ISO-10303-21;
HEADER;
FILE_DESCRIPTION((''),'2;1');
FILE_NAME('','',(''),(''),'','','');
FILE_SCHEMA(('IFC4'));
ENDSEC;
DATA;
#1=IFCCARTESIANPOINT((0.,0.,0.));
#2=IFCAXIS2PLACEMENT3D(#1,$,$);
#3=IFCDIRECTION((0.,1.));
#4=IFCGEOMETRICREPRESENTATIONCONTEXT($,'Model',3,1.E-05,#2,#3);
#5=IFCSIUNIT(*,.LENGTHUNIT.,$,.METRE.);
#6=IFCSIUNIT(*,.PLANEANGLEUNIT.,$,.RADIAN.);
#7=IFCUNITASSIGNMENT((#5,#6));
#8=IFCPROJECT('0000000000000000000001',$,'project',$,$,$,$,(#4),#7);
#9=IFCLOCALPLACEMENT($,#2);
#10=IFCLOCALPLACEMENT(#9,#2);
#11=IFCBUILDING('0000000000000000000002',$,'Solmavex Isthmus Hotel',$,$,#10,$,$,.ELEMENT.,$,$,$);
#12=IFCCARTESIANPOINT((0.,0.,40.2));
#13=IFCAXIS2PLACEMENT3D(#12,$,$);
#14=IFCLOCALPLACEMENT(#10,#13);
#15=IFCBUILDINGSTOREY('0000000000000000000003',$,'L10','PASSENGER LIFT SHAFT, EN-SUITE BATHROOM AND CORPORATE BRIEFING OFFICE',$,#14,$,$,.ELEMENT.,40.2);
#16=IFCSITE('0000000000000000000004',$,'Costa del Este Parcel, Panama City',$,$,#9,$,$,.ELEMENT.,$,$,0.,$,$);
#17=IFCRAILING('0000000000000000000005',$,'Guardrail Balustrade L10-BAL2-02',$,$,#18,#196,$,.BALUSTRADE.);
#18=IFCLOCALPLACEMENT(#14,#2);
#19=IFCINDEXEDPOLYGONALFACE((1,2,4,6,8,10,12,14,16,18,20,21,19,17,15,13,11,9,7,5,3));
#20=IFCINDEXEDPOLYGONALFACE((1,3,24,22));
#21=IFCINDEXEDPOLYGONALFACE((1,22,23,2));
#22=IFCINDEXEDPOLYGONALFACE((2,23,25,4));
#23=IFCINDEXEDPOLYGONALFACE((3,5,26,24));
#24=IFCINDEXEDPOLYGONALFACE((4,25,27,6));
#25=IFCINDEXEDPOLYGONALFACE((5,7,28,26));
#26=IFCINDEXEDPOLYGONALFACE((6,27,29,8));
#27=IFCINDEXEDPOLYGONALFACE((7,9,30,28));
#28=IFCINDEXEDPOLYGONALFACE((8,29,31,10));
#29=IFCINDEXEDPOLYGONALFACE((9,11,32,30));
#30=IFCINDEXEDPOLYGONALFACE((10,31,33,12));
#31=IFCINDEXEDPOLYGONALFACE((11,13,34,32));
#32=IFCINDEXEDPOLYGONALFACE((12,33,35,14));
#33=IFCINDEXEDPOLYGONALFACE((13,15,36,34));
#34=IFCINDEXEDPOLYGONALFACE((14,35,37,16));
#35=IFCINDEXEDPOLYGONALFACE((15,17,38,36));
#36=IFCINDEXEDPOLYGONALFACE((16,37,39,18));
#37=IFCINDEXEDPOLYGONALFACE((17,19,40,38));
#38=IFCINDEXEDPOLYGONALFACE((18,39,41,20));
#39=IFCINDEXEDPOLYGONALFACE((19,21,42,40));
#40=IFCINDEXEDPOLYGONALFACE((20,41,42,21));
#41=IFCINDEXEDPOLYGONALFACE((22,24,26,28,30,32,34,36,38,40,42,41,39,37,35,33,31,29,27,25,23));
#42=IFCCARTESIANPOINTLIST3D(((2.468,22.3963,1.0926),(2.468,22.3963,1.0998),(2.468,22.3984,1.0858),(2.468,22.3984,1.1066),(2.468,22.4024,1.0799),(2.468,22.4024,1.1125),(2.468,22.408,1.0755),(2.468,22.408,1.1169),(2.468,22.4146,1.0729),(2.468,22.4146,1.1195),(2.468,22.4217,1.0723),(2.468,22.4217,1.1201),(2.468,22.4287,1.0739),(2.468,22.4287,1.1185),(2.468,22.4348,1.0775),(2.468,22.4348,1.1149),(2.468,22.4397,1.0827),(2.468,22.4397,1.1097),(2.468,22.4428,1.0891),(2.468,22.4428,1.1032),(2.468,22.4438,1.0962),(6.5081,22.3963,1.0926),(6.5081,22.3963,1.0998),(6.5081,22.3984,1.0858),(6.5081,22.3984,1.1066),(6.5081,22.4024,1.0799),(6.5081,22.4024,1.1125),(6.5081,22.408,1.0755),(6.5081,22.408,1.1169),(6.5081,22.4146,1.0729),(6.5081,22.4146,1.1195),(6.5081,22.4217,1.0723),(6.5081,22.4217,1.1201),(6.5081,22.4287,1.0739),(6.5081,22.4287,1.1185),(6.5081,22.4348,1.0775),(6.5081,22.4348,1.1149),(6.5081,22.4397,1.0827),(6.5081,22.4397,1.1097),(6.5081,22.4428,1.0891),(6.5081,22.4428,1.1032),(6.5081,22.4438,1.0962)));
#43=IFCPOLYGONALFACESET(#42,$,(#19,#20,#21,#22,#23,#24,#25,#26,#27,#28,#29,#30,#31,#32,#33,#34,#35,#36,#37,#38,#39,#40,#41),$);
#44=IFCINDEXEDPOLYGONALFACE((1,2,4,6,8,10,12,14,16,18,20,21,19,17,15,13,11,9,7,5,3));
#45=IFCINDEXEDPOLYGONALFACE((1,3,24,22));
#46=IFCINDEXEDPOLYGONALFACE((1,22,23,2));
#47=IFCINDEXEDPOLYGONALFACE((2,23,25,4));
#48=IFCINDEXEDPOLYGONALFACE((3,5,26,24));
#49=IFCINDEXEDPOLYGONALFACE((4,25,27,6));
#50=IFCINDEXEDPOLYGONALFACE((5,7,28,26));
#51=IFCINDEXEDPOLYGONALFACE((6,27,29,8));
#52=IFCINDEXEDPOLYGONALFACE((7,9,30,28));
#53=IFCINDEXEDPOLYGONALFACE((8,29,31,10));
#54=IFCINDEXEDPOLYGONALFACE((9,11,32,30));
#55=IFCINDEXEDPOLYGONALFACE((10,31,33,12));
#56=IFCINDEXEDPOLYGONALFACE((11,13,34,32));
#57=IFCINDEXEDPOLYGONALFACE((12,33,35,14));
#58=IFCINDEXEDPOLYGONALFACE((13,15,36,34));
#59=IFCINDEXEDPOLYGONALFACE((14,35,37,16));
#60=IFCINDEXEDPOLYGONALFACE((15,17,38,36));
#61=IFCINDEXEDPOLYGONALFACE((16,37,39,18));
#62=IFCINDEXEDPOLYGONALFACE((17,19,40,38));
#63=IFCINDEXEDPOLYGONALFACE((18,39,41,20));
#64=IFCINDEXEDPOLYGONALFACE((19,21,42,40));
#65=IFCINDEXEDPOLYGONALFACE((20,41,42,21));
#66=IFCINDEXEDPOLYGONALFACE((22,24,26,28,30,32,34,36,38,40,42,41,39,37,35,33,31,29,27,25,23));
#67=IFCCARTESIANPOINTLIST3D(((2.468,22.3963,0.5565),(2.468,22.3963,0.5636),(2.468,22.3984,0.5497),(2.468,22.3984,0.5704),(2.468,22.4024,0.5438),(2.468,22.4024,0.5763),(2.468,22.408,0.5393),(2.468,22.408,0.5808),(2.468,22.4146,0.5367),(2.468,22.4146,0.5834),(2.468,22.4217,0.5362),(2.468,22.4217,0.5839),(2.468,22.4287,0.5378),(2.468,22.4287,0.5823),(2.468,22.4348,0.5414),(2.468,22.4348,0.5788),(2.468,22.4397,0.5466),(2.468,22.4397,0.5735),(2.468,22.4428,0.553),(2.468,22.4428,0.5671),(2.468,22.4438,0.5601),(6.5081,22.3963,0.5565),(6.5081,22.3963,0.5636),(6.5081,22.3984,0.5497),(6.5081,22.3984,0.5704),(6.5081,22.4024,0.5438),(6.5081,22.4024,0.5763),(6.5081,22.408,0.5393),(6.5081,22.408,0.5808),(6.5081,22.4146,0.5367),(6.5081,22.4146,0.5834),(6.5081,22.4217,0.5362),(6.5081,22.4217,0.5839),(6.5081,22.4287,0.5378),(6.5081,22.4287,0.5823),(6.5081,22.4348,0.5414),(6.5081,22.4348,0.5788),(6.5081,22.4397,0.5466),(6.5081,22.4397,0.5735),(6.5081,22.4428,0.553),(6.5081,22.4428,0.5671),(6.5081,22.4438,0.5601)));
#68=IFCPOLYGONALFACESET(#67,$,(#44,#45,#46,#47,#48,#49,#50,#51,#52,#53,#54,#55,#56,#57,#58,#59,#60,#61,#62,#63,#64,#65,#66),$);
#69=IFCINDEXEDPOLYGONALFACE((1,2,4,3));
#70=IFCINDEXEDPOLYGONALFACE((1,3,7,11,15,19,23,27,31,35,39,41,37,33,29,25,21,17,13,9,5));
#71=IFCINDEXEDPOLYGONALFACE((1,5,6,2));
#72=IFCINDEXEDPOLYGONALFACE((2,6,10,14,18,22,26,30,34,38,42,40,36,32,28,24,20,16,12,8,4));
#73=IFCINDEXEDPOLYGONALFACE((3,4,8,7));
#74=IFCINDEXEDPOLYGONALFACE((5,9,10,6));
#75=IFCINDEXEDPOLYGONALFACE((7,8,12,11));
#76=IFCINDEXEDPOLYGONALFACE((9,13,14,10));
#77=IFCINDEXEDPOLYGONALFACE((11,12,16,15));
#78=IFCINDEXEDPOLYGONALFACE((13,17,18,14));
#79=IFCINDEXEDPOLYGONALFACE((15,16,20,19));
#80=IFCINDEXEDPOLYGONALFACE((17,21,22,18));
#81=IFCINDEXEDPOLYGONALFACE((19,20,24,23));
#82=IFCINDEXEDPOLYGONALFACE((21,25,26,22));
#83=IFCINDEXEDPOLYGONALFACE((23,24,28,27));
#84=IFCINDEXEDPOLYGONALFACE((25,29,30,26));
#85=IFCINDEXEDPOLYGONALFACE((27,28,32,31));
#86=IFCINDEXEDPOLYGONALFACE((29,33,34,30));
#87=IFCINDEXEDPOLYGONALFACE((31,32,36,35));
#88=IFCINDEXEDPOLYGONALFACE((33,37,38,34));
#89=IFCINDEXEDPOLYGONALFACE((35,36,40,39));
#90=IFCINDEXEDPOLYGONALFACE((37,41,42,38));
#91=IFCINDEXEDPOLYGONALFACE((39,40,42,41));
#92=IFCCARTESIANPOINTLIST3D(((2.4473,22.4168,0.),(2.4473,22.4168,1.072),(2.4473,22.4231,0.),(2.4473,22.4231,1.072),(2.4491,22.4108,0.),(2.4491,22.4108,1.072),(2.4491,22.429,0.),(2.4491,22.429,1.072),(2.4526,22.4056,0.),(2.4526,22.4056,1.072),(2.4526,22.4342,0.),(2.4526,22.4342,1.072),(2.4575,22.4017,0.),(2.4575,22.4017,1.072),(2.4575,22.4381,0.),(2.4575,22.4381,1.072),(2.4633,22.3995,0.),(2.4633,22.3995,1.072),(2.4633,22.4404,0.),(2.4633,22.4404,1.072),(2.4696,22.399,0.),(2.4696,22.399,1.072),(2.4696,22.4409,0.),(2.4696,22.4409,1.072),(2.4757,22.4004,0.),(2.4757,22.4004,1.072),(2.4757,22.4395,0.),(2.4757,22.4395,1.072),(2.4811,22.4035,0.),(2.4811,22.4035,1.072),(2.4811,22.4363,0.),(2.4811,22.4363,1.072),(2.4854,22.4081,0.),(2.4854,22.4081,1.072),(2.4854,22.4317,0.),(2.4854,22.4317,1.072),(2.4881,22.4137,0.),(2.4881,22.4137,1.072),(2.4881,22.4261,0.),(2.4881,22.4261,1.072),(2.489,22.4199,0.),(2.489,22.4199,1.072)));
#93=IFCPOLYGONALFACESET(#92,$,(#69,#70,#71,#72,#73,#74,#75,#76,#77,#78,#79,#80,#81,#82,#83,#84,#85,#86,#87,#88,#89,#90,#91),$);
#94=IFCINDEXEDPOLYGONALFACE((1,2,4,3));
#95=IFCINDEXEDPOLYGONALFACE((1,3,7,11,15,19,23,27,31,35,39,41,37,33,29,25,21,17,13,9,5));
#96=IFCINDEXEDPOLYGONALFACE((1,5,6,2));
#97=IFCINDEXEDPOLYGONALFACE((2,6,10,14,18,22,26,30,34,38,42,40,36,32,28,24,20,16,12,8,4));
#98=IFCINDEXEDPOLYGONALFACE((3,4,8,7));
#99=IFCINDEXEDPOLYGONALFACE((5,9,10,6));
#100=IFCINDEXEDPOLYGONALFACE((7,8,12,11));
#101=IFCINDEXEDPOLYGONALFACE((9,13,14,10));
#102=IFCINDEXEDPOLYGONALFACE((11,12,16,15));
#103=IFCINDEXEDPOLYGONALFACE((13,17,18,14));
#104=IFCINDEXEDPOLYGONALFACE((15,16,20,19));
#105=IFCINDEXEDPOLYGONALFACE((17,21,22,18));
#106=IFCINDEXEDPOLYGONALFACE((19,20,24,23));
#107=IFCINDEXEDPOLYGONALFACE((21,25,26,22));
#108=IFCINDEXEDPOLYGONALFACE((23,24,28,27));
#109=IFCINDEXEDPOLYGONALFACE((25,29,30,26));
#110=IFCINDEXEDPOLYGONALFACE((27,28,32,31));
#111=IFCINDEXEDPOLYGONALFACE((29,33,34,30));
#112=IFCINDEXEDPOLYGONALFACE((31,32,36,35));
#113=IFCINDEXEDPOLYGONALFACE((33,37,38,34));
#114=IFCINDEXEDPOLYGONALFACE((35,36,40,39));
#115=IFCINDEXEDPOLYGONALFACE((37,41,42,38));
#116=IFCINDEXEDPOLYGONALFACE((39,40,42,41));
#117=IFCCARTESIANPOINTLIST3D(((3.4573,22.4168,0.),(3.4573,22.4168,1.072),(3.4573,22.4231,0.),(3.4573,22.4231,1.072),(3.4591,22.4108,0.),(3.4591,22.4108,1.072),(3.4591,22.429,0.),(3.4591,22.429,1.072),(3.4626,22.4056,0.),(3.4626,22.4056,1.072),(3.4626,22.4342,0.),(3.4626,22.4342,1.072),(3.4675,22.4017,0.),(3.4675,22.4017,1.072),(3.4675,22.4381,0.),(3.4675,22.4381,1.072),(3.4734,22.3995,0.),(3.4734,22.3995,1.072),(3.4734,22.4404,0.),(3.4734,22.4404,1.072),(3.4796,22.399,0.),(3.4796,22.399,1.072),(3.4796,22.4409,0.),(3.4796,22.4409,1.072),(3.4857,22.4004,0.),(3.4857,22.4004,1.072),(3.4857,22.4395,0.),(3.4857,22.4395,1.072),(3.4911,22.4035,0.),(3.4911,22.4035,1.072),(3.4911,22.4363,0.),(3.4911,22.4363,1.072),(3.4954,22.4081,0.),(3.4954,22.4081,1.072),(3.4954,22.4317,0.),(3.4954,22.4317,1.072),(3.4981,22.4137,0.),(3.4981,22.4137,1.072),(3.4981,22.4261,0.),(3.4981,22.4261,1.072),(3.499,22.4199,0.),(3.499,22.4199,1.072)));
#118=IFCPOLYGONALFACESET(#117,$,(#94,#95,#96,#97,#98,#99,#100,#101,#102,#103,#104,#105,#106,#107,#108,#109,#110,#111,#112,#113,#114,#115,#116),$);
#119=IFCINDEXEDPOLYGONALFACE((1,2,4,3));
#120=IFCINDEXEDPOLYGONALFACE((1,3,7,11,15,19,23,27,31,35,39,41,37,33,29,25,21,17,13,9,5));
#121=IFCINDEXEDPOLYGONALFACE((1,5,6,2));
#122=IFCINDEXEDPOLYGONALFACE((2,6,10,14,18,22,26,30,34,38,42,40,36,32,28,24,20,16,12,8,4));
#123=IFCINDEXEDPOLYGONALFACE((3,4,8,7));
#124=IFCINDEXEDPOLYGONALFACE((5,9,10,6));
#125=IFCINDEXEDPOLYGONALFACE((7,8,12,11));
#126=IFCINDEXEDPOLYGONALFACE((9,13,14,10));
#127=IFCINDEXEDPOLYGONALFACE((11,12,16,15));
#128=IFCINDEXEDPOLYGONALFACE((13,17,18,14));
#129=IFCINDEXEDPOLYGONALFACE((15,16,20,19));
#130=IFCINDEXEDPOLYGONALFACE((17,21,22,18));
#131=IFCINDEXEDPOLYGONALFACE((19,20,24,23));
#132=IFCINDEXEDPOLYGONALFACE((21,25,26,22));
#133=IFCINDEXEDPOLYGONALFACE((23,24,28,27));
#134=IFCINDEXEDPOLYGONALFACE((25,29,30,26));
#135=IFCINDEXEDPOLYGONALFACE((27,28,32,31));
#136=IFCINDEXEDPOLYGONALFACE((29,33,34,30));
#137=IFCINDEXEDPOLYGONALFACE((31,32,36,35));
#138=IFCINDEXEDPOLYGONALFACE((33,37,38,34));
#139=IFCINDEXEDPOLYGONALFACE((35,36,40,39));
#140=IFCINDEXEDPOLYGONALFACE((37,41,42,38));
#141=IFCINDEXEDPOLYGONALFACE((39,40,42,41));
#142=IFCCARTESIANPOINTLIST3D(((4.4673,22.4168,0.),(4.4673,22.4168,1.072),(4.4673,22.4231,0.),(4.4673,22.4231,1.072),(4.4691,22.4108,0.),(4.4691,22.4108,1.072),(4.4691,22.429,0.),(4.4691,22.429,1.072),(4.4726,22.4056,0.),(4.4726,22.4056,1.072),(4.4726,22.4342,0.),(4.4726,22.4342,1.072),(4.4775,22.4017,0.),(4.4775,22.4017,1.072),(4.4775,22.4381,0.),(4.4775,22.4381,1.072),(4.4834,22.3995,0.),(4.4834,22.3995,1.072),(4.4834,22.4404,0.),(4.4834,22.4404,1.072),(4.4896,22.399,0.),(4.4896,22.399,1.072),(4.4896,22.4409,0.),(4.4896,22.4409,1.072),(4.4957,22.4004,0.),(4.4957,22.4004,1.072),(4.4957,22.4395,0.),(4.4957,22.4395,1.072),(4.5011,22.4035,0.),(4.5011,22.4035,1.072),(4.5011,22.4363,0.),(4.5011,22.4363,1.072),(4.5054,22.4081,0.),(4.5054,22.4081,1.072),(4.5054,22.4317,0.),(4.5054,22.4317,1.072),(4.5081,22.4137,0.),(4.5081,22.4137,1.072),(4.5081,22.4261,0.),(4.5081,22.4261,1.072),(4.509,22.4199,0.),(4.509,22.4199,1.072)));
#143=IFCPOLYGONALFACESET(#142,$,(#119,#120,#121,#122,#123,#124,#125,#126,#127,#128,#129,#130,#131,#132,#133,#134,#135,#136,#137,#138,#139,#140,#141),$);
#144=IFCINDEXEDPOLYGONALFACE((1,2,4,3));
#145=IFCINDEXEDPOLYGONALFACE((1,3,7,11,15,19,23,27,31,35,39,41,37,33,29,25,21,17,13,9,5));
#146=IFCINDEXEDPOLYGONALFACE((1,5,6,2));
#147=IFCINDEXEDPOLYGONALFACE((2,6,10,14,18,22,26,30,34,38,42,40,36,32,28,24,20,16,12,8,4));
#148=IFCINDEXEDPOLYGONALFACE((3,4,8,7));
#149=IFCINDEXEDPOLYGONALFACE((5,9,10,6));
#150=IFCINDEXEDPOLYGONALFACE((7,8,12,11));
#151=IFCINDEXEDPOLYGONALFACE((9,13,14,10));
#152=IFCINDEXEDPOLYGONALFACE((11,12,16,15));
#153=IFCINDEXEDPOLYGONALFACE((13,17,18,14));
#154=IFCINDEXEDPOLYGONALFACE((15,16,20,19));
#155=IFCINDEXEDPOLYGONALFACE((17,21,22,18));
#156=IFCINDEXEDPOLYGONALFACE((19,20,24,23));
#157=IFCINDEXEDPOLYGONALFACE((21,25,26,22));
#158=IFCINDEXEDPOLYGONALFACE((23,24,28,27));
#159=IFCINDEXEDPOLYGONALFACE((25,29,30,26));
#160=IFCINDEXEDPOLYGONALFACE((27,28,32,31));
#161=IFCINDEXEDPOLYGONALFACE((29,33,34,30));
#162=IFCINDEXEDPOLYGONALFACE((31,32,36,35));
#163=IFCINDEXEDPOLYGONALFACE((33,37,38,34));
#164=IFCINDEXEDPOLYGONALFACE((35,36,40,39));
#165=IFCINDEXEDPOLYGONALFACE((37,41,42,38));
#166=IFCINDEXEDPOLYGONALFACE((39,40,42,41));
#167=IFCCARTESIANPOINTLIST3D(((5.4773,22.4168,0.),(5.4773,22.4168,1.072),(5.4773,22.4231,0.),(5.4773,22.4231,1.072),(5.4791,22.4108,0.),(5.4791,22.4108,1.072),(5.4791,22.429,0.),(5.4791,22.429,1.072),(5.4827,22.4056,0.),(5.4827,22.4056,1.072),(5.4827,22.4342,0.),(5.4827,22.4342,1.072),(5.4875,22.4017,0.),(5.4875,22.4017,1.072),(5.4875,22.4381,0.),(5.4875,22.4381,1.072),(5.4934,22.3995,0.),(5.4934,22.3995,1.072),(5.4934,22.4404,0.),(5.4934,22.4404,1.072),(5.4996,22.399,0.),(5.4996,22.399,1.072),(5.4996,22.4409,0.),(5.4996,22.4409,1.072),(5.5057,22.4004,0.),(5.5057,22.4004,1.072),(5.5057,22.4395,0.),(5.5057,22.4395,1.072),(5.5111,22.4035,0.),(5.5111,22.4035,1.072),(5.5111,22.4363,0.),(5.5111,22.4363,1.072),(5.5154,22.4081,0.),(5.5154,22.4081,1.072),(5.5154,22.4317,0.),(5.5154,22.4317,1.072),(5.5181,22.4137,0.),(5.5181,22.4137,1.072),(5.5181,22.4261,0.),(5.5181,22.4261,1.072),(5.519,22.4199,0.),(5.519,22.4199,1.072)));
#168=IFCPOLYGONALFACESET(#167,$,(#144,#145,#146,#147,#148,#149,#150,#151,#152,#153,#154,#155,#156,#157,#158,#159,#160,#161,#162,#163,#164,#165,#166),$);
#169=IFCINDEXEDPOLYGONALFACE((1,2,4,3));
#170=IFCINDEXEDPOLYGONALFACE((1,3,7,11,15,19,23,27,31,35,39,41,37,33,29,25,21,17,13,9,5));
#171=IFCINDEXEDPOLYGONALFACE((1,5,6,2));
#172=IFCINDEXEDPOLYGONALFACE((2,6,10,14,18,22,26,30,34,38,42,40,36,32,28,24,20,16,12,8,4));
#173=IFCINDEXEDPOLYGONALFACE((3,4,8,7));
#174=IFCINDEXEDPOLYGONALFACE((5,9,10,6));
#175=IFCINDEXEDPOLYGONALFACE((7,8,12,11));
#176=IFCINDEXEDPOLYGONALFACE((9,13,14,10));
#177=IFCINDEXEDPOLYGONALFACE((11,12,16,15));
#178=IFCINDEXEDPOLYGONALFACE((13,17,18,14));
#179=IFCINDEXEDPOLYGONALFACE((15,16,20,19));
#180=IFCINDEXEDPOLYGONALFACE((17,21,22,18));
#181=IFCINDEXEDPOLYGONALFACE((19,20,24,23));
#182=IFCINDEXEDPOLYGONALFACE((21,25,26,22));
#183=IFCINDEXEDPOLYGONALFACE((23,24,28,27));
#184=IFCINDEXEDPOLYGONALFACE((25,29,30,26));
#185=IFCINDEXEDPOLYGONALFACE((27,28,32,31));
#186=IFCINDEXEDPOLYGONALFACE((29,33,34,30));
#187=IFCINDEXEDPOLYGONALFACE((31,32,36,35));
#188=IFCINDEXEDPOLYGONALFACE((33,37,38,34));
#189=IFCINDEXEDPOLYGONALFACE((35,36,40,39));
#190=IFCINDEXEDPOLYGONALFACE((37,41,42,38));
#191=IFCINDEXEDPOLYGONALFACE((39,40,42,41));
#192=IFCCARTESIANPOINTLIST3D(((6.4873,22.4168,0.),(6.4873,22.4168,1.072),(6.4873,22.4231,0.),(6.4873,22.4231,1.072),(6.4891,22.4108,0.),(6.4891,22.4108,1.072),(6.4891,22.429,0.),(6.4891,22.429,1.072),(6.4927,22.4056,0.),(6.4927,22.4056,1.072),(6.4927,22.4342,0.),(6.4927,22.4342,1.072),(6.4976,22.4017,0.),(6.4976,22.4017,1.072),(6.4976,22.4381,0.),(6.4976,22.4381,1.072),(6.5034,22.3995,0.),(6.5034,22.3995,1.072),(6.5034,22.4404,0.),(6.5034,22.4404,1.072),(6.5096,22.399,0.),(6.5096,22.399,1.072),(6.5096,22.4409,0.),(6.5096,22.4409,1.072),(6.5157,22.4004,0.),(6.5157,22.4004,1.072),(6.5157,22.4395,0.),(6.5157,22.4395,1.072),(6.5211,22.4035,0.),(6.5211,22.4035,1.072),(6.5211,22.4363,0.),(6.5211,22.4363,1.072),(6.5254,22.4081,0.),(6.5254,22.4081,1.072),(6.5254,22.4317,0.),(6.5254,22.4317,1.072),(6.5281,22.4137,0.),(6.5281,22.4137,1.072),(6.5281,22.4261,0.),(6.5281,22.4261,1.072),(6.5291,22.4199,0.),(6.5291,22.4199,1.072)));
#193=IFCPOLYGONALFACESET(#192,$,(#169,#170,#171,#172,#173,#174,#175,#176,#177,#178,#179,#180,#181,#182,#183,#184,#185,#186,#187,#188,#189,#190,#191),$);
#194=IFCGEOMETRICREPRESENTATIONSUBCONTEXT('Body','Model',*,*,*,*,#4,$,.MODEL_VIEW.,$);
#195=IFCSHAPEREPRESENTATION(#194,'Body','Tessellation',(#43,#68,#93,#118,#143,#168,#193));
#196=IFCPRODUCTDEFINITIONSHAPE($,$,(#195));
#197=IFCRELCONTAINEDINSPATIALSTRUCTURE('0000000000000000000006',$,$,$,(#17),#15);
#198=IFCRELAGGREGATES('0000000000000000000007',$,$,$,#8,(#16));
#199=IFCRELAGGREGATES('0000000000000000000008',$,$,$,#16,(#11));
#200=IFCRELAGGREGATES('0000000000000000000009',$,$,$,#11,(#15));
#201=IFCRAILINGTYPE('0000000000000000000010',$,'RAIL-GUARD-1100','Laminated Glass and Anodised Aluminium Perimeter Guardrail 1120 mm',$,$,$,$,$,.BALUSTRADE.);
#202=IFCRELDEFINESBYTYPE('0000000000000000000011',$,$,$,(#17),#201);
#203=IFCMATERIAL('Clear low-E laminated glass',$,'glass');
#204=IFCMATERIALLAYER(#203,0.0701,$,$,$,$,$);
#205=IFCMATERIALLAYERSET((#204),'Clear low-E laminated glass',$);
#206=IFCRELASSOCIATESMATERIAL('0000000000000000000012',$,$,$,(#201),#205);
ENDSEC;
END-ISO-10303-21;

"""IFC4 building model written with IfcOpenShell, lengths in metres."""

from ifc_helpers import new_model, si_unit, direction, frame, origin, origin_2d, place, context, subcontext, project, spatial, circle, extrude, material, layer, layer_set, type_object, element, save


model = new_model("IFC4")

# Units and contexts
model_context = context("Model", 3, precision=1e-05, world=origin(), true_north=direction((0.0, 1.0)))
body_context = subcontext(model_context, "Body", "Model", "MODEL_VIEW")
ifc_project = project(units=[si_unit("LENGTHUNIT", "METRE"), si_unit("PLANEANGLEUNIT", "RADIAN")], contexts=[model_context])

# Site, building, storey
site_placement = place(None, origin())
site = spatial("IfcSite", under=ifc_project, at=site_placement, Name="Costa del Este Parcel, Panama City", CompositionType="ELEMENT", RefElevation=0.0)
building_placement = place(site_placement, origin())
building = spatial("IfcBuilding", under=site, at=building_placement, Name="Solmavex Isthmus Hotel", CompositionType="ELEMENT")
storey_placement = place(building_placement, frame((0.0, 0.0, 40.2)))
storey = spatial("IfcBuildingStorey", under=building, at=storey_placement, Name="L10", Description="PASSENGER LIFT SHAFT, EN-SUITE BATHROOM AND CORPORATE BRIEFING OFFICE", CompositionType="ELEMENT", Elevation=40.2)

# Shared definitions
ifc_material_1 = material(Name="Clear low-E laminated glass", Category="glass")

# Railing
ifc_layer_1 = layer(ifc_material_1, 0.0701)
ifc_layer_set_1 = layer_set([ifc_layer_1], Name="Clear low-E laminated glass")
railing_type = type_object("IfcRailingType", Name="RAIL-GUARD-1100", Description="Laminated Glass and Anodised Aluminium Perimeter Guardrail 1120 mm", PredefinedType="BALUSTRADE", material=ifc_layer_set_1)
railing_1_placement = place(storey_placement, frame((2.468, 22.4199, 0.0)))
element("IfcRailing", 1, at=railing_1_placement, inside=storey, type_object=railing_type, Name="Guardrail Balustrade L10-BAL2-02", PredefinedType="BALUSTRADE", context=body_context, shape_type="SweptSolid", body=[
    extrude(circle(Radius=0.0239, at=origin_2d()), frame((0.0, 0.0, 1.0962), z_axis=(1.0, 0.0, 0.0), x_axis=(0.0, 1.0, 0.0)), (0.0, 0.0, 1.0), 4.04),
    extrude(circle(Radius=0.0239, at=origin_2d()), frame((0.0, 0.0, 0.5601), z_axis=(1.0, 0.0, 0.0), x_axis=(0.0, 1.0, 0.0)), (0.0, 0.0, 1.0), 4.04),
    extrude(circle(Radius=0.021, at=origin_2d()), origin(), (0.0, 0.0, 1.0), 1.072),
    extrude(circle(Radius=0.021, at=origin_2d()), frame((1.01, 0.0, 0.0)), (0.0, 0.0, 1.0), 1.072),
    extrude(circle(Radius=0.021, at=origin_2d()), frame((2.02, 0.0, 0.0)), (0.0, 0.0, 1.0), 1.072),
    extrude(circle(Radius=0.021, at=origin_2d()), frame((3.03, 0.0, 0.0)), (0.0, 0.0, 1.0), 1.072),
    extrude(circle(Radius=0.021, at=origin_2d()), frame((4.04, 0.0, 0.0)), (0.0, 0.0, 1.0), 1.072),
])

save(model, "model.ifc")
